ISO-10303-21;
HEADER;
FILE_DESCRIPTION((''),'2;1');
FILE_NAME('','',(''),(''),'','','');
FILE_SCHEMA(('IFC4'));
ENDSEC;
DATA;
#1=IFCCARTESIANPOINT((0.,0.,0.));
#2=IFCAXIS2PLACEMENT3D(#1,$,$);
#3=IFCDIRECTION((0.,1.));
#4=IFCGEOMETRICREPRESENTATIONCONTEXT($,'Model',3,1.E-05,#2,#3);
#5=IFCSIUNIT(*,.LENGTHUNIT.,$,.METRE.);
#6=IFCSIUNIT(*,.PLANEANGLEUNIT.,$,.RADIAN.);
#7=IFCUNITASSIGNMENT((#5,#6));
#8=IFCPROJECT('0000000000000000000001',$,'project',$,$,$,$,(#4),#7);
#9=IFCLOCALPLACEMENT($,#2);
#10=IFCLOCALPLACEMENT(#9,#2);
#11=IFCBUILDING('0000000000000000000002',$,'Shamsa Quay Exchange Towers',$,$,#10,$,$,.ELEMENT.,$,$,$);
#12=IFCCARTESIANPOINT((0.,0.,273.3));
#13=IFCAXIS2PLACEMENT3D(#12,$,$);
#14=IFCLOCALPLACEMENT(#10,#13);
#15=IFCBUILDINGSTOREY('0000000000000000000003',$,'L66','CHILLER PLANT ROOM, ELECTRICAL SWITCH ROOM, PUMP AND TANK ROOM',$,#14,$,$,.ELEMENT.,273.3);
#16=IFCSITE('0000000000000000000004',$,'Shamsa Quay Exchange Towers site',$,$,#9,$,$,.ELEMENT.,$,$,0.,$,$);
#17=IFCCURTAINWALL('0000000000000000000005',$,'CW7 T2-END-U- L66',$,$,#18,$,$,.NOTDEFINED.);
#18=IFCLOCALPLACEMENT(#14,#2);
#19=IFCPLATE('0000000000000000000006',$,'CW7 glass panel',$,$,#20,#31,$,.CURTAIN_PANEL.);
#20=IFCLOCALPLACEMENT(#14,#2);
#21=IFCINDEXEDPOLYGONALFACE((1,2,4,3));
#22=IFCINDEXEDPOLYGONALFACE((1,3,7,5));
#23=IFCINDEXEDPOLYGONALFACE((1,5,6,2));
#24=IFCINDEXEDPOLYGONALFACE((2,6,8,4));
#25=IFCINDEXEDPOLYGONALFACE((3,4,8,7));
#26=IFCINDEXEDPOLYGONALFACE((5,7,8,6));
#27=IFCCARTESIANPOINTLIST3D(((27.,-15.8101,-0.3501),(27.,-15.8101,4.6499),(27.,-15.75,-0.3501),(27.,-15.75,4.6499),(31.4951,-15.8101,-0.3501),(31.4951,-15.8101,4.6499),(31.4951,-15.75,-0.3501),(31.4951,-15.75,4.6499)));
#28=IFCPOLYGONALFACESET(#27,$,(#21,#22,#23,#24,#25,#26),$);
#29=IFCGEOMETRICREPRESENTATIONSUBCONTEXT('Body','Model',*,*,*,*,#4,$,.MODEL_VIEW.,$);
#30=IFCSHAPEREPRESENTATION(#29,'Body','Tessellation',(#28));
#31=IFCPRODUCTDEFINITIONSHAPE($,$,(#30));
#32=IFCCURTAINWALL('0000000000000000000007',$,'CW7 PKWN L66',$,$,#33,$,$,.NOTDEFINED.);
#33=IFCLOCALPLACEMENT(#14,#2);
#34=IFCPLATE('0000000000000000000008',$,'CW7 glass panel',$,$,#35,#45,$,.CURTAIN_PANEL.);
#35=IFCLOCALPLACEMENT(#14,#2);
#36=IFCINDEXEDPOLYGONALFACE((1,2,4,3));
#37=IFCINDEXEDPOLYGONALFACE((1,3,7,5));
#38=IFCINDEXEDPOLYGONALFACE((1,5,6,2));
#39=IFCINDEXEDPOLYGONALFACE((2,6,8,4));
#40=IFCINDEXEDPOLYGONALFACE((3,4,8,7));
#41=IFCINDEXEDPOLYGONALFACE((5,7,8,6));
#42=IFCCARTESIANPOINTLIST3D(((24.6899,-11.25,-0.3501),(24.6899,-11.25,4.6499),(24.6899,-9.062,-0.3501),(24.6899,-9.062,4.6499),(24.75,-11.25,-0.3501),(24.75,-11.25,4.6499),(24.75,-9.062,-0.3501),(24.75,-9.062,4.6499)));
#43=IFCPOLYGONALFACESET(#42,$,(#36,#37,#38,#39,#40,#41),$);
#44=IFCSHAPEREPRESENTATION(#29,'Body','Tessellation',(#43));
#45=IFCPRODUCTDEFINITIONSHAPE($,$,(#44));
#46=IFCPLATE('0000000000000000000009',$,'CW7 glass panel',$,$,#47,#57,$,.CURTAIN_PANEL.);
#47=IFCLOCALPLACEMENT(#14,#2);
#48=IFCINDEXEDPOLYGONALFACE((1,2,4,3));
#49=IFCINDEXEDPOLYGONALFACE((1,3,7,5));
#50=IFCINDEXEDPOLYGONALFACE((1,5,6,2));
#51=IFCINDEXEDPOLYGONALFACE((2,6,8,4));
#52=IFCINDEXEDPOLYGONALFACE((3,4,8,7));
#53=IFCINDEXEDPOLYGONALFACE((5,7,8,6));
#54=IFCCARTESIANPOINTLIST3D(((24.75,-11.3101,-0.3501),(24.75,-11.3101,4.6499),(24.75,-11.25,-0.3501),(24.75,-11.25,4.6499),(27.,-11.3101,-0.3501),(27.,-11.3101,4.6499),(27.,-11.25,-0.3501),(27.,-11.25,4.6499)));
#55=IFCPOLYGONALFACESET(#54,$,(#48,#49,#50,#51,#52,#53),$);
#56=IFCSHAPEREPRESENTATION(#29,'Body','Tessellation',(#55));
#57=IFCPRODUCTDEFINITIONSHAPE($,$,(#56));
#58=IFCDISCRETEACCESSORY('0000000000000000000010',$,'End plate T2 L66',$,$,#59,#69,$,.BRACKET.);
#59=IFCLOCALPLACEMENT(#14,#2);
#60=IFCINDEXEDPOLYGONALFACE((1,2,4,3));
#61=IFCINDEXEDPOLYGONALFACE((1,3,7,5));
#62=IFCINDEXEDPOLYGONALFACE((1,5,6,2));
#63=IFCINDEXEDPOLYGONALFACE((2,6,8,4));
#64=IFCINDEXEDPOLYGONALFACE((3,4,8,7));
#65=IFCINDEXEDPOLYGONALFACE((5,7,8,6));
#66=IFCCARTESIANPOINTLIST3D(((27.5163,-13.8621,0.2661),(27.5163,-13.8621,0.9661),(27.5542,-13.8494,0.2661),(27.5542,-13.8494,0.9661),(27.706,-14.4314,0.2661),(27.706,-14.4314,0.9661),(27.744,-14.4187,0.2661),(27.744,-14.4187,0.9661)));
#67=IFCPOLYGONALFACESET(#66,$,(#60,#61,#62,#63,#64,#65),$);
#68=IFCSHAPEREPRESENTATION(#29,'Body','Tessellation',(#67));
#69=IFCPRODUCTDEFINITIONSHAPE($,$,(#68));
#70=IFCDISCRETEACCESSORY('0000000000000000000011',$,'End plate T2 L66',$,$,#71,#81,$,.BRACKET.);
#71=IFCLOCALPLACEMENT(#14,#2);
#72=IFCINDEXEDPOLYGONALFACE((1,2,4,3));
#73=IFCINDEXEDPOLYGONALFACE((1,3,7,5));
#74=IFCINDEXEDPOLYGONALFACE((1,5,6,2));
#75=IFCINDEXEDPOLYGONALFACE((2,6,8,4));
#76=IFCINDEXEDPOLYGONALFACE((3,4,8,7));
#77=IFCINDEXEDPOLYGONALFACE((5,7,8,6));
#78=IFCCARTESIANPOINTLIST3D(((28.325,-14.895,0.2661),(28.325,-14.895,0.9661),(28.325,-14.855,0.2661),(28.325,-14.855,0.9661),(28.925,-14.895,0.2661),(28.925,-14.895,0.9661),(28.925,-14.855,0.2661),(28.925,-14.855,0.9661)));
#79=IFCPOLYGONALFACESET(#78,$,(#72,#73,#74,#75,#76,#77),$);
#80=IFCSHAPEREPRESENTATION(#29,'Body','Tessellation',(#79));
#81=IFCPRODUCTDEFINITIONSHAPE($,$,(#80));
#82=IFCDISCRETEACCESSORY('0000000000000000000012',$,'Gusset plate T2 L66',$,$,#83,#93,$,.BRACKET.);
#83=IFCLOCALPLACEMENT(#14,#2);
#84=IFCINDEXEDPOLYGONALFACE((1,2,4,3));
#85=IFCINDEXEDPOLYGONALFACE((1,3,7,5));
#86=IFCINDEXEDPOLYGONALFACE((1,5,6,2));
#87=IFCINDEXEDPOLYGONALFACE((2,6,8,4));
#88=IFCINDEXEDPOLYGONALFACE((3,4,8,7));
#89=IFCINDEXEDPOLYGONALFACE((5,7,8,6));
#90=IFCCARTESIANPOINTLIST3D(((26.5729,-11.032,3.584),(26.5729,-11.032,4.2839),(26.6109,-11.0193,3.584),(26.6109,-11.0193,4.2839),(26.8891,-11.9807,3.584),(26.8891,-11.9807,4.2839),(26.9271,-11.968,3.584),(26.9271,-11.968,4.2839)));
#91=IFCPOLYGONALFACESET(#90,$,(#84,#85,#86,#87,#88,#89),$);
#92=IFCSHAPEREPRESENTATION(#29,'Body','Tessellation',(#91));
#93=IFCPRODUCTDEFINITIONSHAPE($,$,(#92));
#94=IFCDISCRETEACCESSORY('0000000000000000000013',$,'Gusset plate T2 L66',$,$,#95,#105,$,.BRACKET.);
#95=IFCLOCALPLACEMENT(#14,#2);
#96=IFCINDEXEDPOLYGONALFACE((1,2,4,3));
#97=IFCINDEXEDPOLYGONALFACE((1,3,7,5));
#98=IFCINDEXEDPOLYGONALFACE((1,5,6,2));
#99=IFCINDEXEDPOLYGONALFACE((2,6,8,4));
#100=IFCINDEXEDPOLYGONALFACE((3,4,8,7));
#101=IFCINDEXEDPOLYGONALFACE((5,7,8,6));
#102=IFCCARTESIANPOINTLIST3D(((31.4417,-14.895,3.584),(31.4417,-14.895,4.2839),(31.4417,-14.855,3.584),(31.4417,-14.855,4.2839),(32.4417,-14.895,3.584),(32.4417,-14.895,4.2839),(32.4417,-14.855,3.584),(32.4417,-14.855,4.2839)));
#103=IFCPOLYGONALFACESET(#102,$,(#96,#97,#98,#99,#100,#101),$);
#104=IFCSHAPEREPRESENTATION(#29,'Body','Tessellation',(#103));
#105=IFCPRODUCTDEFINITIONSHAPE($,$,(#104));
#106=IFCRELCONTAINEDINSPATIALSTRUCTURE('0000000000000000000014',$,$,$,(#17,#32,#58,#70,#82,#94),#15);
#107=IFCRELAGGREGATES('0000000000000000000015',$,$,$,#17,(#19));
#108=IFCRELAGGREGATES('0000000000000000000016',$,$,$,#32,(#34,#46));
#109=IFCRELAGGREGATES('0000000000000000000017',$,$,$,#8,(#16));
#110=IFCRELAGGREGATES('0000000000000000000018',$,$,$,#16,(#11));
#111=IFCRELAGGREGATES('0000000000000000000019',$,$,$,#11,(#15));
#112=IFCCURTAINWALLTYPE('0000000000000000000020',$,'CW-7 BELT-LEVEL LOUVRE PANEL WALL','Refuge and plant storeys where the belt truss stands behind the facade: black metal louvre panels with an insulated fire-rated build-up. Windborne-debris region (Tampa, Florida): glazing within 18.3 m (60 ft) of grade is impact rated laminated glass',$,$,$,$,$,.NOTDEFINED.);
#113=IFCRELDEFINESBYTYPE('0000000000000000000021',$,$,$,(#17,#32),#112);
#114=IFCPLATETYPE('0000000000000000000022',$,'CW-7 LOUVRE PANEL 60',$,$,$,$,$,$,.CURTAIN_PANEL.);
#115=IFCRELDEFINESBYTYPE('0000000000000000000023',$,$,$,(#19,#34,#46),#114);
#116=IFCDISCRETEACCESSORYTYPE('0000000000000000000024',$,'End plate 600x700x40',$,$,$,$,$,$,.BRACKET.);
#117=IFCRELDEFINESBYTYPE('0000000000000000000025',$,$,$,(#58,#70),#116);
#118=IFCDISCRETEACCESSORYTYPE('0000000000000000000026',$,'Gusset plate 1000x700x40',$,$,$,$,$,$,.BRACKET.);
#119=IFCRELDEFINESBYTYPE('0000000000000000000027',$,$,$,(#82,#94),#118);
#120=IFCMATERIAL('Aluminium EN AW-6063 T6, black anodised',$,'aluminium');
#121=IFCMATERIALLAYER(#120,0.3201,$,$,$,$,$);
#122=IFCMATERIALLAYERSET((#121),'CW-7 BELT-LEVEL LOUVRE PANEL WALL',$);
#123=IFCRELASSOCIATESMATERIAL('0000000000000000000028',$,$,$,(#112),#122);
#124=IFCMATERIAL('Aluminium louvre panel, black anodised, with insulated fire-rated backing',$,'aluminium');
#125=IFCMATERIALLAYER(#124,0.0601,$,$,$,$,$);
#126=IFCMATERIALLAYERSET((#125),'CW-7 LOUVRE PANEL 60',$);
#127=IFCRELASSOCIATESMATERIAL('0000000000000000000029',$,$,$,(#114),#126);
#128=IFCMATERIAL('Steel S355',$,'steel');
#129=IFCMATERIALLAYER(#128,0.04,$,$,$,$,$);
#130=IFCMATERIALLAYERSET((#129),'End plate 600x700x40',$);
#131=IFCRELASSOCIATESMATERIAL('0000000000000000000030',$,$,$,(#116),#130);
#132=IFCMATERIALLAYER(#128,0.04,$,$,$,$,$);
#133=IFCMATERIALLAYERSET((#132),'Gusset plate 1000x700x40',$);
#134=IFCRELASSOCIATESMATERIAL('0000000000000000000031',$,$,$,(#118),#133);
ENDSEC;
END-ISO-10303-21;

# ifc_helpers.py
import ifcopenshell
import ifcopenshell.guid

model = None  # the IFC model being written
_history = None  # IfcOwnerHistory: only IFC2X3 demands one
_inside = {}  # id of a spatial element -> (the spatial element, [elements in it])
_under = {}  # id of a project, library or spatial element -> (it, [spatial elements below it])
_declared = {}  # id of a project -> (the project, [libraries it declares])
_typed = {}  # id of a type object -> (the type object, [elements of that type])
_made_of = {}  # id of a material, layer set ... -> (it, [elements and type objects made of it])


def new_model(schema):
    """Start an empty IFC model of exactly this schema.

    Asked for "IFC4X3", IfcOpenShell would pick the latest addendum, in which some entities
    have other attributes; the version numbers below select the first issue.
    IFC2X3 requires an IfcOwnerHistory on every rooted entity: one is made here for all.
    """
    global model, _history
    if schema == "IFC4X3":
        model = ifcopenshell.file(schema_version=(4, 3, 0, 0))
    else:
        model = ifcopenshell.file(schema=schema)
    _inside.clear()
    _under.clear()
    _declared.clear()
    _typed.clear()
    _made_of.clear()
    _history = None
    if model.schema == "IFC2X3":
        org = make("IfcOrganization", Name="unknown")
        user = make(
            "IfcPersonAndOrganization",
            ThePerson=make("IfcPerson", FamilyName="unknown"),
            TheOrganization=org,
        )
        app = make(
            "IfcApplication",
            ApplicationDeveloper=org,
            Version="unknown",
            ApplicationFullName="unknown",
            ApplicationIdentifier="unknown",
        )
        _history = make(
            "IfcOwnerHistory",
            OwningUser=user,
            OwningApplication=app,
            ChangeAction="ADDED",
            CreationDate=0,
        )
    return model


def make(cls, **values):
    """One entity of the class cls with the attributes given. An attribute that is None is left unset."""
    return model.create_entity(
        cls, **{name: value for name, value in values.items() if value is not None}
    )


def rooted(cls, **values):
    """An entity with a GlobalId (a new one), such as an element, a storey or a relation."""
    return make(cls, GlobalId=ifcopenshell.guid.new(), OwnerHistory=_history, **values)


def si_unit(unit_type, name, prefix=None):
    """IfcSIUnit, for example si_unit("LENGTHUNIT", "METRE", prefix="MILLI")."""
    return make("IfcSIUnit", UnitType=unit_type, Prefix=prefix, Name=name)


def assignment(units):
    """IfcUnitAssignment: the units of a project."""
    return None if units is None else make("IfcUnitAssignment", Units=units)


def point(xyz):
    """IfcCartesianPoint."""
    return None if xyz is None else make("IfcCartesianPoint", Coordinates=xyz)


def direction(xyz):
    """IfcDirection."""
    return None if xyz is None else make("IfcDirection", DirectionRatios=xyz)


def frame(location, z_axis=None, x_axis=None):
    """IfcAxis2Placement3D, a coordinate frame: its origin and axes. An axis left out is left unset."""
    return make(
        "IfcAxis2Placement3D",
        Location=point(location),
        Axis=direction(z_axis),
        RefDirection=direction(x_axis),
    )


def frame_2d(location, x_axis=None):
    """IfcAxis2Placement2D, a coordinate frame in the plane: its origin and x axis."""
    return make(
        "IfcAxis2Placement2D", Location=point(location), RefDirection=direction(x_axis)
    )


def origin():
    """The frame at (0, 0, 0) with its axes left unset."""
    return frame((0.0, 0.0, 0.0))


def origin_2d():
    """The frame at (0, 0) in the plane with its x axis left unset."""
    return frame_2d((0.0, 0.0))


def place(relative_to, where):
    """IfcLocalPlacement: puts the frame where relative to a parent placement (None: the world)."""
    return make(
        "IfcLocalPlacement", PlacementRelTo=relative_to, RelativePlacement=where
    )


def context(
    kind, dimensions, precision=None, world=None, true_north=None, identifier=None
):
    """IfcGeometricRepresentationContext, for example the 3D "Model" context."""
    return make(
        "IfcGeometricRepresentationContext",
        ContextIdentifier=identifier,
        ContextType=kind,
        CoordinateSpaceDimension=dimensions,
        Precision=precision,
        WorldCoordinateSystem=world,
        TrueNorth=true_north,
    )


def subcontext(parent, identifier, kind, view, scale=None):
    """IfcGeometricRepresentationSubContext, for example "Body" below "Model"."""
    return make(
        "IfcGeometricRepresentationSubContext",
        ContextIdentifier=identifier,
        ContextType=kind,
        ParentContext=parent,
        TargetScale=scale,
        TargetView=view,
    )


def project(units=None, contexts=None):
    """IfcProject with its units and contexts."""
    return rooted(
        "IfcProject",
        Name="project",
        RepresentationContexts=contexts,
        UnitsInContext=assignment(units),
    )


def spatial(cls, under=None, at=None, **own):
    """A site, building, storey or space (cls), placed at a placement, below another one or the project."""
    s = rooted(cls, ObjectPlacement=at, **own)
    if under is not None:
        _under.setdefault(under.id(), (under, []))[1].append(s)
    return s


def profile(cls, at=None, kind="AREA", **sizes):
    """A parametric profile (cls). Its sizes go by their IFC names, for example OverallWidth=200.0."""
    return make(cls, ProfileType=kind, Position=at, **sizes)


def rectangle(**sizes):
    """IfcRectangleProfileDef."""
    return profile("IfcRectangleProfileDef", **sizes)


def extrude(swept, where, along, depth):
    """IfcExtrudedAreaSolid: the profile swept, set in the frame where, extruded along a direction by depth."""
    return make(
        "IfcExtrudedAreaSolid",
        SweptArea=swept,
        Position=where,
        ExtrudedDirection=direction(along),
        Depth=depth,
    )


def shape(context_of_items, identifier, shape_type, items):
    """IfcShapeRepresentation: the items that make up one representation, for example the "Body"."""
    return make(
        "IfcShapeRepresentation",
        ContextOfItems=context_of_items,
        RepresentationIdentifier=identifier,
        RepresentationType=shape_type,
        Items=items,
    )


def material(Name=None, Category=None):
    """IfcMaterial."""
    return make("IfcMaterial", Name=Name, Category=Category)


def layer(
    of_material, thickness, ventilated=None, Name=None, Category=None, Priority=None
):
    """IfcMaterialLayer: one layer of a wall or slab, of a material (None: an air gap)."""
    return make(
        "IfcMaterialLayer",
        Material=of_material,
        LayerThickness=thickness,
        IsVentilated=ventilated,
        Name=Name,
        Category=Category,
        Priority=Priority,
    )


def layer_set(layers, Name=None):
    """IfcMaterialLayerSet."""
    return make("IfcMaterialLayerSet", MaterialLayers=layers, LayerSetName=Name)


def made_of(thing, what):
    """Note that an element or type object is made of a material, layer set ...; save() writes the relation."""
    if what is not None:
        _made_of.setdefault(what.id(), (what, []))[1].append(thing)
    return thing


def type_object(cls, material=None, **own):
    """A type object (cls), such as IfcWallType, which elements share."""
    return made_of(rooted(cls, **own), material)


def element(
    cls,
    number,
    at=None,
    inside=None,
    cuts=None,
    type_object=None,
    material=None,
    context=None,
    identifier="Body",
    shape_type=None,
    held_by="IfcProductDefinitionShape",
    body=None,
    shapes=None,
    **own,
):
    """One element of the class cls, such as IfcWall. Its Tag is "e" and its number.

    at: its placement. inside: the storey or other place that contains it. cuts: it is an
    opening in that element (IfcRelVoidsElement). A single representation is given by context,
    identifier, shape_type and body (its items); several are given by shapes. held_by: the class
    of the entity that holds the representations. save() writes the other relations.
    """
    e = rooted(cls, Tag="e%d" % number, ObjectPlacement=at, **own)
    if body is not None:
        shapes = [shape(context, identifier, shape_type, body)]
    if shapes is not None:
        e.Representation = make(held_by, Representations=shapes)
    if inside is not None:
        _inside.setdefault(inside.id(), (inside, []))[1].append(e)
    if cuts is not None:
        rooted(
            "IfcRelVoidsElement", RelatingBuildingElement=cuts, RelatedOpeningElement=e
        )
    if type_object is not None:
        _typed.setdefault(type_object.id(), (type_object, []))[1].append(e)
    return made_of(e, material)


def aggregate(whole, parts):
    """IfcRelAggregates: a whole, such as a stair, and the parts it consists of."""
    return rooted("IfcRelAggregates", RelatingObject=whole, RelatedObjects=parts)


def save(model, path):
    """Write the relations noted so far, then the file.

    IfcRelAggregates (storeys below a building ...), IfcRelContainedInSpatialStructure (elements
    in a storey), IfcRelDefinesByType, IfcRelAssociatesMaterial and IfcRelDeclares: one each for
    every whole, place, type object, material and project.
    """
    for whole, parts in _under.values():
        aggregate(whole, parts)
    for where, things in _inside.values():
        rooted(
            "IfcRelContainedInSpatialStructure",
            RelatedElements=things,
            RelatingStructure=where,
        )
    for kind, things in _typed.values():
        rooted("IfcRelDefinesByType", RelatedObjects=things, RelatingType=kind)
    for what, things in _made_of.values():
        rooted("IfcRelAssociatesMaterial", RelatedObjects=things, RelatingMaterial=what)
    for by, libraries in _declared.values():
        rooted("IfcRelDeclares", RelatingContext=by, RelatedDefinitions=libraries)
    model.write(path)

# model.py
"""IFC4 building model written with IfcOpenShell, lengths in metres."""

from ifc_helpers import new_model, si_unit, direction, frame, origin, origin_2d, place, context, subcontext, project, spatial, rectangle, extrude, material, layer, layer_set, type_object, element, aggregate, save


model = new_model("IFC4")

# Units and contexts
model_context = context("Model", 3, precision=1e-05, world=origin(), true_north=direction((0.0, 1.0)))
body_context = subcontext(model_context, "Body", "Model", "MODEL_VIEW")
ifc_project = project(units=[si_unit("LENGTHUNIT", "METRE"), si_unit("PLANEANGLEUNIT", "RADIAN")], contexts=[model_context])

# Site, building, storey
site_placement = place(None, origin())
site = spatial("IfcSite", under=ifc_project, at=site_placement, Name="Shamsa Quay Exchange Towers site", CompositionType="ELEMENT", RefElevation=0.0)
building_placement = place(site_placement, origin())
building = spatial("IfcBuilding", under=site, at=building_placement, Name="Shamsa Quay Exchange Towers", CompositionType="ELEMENT")
storey_placement = place(building_placement, frame((0.0, 0.0, 273.3)))
storey = spatial("IfcBuildingStorey", under=building, at=storey_placement, Name="L66", Description="CHILLER PLANT ROOM, ELECTRICAL SWITCH ROOM, PUMP AND TANK ROOM", CompositionType="ELEMENT", Elevation=273.3)

# Shared definitions
ifc_material_1 = material(Name="Steel S355", Category="steel")

# Curtain wall, plate
ifc_material_2 = material(Name="Aluminium EN AW-6063 T6, black anodised", Category="aluminium")
ifc_layer_1 = layer(ifc_material_2, 0.3201)
ifc_layer_set_1 = layer_set([ifc_layer_1], Name="CW-7 BELT-LEVEL LOUVRE PANEL WALL")
curtain_wall_type = type_object("IfcCurtainWallType", Name="CW-7 BELT-LEVEL LOUVRE PANEL WALL", Description="Refuge and plant storeys where the belt truss stands behind the facade: black metal louvre panels with an insulated fire-rated build-up. Windborne-debris region (Tampa, Florida): glazing within 18.3 m (60 ft) of grade is impact rated laminated glass", PredefinedType="NOTDEFINED", material=ifc_layer_set_1)
ifc_material_3 = material(Name="Aluminium louvre panel, black anodised, with insulated fire-rated backing", Category="aluminium")
ifc_layer_2 = layer(ifc_material_3, 0.0601)
ifc_layer_set_2 = layer_set([ifc_layer_2], Name="CW-7 LOUVRE PANEL 60")
plate_type = type_object("IfcPlateType", Name="CW-7 LOUVRE PANEL 60", PredefinedType="CURTAIN_PANEL", material=ifc_layer_set_2)
curtain_wall_1_placement = place(storey_placement, origin())
curtain_wall_1 = element("IfcCurtainWall", 1, at=curtain_wall_1_placement, inside=storey, type_object=curtain_wall_type, Name="CW7 T2-END-U- L66", PredefinedType="NOTDEFINED")
plate_1_placement = place(storey_placement, frame((29.2476, -15.78, -0.3501)))
plate_1 = element("IfcPlate", 2, at=plate_1_placement, type_object=plate_type, Name="CW7 glass panel", PredefinedType="CURTAIN_PANEL", context=body_context, shape_type="SweptSolid", body=[
    extrude(rectangle(XDim=4.4951, YDim=0.0601, at=origin_2d()), origin(), (0.0, 0.0, 1.0), 5.0),
])
aggregate(curtain_wall_1, [plate_1])

# Curtain wall, plates
curtain_wall_2_placement = place(storey_placement, origin())
curtain_wall_2 = element("IfcCurtainWall", 3, at=curtain_wall_2_placement, inside=storey, type_object=curtain_wall_type, Name="CW7 PKWN L66", PredefinedType="NOTDEFINED")
plate_2_placement = place(storey_placement, frame((24.72, -10.156, -0.3501), z_axis=(0.0, 0.0, 1.0), x_axis=(0.0, -1.0, 0.0)))
plate_2 = element("IfcPlate", 4, at=plate_2_placement, type_object=plate_type, Name="CW7 glass panel", PredefinedType="CURTAIN_PANEL", context=body_context, shape_type="SweptSolid", body=[
    extrude(rectangle(XDim=2.188, YDim=0.0601, at=origin_2d()), origin(), (0.0, 0.0, 1.0), 5.0),
])
plate_3_placement = place(storey_placement, frame((25.875, -11.28, -0.3501)))
plate_3 = element("IfcPlate", 5, at=plate_3_placement, type_object=plate_type, Name="CW7 glass panel", PredefinedType="CURTAIN_PANEL", context=body_context, shape_type="SweptSolid", body=[
    extrude(rectangle(XDim=2.25, YDim=0.0601, at=origin_2d()), origin(), (0.0, 0.0, 1.0), 5.0),
])
aggregate(curtain_wall_2, [plate_2, plate_3])

# Discrete accessories
ifc_layer_3 = layer(ifc_material_1, 0.04)
ifc_layer_set_3 = layer_set([ifc_layer_3], Name="End plate 600x700x40")
discrete_accessory_type_1 = type_object("IfcDiscreteAccessoryType", Name="End plate 600x700x40", PredefinedType="BRACKET", material=ifc_layer_set_3)
discrete_accessory_1_placement = place(storey_placement, frame((27.6301, -14.1404, 0.2661), z_axis=(0.0, 0.0, 1.0), x_axis=(0.316228, -0.948683, 0.0)))
element("IfcDiscreteAccessory", 6, at=discrete_accessory_1_placement, inside=storey, type_object=discrete_accessory_type_1, Name="End plate T2 L66", PredefinedType="BRACKET", context=body_context, shape_type="SweptSolid", body=[
    extrude(rectangle(XDim=0.6001, YDim=0.04, at=origin_2d()), origin(), (0.0, 0.0, 1.0), 0.7),
])
discrete_accessory_2_placement = place(storey_placement, frame((28.625, -14.875, 0.2661)))
element("IfcDiscreteAccessory", 7, at=discrete_accessory_2_placement, inside=storey, type_object=discrete_accessory_type_1, Name="End plate T2 L66", PredefinedType="BRACKET", context=body_context, shape_type="SweptSolid", body=[
    extrude(rectangle(XDim=0.6001, YDim=0.04, at=origin_2d()), origin(), (0.0, 0.0, 1.0), 0.7),
])
ifc_layer_4 = layer(ifc_material_1, 0.04)
ifc_layer_set_4 = layer_set([ifc_layer_4], Name="Gusset plate 1000x700x40")
discrete_accessory_type_2 = type_object("IfcDiscreteAccessoryType", Name="Gusset plate 1000x700x40", PredefinedType="BRACKET", material=ifc_layer_set_4)
discrete_accessory_3_placement = place(storey_placement, frame((26.75, -11.5, 3.584), z_axis=(0.0, 0.0, 1.0), x_axis=(0.316228, -0.948683, 0.0)))
element("IfcDiscreteAccessory", 8, at=discrete_accessory_3_placement, inside=storey, type_object=discrete_accessory_type_2, Name="Gusset plate T2 L66", PredefinedType="BRACKET", context=body_context, shape_type="SweptSolid", body=[
    extrude(rectangle(XDim=1.0, YDim=0.04, at=origin_2d()), origin(), (0.0, 0.0, 1.0), 0.7),
])
discrete_accessory_4_placement = place(storey_placement, frame((31.9417, -14.875, 3.584)))
element("IfcDiscreteAccessory", 9, at=discrete_accessory_4_placement, inside=storey, type_object=discrete_accessory_type_2, Name="Gusset plate T2 L66", PredefinedType="BRACKET", context=body_context, shape_type="SweptSolid", body=[
    extrude(rectangle(XDim=1.0, YDim=0.04, at=origin_2d()), origin(), (0.0, 0.0, 1.0), 0.7),
])

save(model, "model.ifc")
